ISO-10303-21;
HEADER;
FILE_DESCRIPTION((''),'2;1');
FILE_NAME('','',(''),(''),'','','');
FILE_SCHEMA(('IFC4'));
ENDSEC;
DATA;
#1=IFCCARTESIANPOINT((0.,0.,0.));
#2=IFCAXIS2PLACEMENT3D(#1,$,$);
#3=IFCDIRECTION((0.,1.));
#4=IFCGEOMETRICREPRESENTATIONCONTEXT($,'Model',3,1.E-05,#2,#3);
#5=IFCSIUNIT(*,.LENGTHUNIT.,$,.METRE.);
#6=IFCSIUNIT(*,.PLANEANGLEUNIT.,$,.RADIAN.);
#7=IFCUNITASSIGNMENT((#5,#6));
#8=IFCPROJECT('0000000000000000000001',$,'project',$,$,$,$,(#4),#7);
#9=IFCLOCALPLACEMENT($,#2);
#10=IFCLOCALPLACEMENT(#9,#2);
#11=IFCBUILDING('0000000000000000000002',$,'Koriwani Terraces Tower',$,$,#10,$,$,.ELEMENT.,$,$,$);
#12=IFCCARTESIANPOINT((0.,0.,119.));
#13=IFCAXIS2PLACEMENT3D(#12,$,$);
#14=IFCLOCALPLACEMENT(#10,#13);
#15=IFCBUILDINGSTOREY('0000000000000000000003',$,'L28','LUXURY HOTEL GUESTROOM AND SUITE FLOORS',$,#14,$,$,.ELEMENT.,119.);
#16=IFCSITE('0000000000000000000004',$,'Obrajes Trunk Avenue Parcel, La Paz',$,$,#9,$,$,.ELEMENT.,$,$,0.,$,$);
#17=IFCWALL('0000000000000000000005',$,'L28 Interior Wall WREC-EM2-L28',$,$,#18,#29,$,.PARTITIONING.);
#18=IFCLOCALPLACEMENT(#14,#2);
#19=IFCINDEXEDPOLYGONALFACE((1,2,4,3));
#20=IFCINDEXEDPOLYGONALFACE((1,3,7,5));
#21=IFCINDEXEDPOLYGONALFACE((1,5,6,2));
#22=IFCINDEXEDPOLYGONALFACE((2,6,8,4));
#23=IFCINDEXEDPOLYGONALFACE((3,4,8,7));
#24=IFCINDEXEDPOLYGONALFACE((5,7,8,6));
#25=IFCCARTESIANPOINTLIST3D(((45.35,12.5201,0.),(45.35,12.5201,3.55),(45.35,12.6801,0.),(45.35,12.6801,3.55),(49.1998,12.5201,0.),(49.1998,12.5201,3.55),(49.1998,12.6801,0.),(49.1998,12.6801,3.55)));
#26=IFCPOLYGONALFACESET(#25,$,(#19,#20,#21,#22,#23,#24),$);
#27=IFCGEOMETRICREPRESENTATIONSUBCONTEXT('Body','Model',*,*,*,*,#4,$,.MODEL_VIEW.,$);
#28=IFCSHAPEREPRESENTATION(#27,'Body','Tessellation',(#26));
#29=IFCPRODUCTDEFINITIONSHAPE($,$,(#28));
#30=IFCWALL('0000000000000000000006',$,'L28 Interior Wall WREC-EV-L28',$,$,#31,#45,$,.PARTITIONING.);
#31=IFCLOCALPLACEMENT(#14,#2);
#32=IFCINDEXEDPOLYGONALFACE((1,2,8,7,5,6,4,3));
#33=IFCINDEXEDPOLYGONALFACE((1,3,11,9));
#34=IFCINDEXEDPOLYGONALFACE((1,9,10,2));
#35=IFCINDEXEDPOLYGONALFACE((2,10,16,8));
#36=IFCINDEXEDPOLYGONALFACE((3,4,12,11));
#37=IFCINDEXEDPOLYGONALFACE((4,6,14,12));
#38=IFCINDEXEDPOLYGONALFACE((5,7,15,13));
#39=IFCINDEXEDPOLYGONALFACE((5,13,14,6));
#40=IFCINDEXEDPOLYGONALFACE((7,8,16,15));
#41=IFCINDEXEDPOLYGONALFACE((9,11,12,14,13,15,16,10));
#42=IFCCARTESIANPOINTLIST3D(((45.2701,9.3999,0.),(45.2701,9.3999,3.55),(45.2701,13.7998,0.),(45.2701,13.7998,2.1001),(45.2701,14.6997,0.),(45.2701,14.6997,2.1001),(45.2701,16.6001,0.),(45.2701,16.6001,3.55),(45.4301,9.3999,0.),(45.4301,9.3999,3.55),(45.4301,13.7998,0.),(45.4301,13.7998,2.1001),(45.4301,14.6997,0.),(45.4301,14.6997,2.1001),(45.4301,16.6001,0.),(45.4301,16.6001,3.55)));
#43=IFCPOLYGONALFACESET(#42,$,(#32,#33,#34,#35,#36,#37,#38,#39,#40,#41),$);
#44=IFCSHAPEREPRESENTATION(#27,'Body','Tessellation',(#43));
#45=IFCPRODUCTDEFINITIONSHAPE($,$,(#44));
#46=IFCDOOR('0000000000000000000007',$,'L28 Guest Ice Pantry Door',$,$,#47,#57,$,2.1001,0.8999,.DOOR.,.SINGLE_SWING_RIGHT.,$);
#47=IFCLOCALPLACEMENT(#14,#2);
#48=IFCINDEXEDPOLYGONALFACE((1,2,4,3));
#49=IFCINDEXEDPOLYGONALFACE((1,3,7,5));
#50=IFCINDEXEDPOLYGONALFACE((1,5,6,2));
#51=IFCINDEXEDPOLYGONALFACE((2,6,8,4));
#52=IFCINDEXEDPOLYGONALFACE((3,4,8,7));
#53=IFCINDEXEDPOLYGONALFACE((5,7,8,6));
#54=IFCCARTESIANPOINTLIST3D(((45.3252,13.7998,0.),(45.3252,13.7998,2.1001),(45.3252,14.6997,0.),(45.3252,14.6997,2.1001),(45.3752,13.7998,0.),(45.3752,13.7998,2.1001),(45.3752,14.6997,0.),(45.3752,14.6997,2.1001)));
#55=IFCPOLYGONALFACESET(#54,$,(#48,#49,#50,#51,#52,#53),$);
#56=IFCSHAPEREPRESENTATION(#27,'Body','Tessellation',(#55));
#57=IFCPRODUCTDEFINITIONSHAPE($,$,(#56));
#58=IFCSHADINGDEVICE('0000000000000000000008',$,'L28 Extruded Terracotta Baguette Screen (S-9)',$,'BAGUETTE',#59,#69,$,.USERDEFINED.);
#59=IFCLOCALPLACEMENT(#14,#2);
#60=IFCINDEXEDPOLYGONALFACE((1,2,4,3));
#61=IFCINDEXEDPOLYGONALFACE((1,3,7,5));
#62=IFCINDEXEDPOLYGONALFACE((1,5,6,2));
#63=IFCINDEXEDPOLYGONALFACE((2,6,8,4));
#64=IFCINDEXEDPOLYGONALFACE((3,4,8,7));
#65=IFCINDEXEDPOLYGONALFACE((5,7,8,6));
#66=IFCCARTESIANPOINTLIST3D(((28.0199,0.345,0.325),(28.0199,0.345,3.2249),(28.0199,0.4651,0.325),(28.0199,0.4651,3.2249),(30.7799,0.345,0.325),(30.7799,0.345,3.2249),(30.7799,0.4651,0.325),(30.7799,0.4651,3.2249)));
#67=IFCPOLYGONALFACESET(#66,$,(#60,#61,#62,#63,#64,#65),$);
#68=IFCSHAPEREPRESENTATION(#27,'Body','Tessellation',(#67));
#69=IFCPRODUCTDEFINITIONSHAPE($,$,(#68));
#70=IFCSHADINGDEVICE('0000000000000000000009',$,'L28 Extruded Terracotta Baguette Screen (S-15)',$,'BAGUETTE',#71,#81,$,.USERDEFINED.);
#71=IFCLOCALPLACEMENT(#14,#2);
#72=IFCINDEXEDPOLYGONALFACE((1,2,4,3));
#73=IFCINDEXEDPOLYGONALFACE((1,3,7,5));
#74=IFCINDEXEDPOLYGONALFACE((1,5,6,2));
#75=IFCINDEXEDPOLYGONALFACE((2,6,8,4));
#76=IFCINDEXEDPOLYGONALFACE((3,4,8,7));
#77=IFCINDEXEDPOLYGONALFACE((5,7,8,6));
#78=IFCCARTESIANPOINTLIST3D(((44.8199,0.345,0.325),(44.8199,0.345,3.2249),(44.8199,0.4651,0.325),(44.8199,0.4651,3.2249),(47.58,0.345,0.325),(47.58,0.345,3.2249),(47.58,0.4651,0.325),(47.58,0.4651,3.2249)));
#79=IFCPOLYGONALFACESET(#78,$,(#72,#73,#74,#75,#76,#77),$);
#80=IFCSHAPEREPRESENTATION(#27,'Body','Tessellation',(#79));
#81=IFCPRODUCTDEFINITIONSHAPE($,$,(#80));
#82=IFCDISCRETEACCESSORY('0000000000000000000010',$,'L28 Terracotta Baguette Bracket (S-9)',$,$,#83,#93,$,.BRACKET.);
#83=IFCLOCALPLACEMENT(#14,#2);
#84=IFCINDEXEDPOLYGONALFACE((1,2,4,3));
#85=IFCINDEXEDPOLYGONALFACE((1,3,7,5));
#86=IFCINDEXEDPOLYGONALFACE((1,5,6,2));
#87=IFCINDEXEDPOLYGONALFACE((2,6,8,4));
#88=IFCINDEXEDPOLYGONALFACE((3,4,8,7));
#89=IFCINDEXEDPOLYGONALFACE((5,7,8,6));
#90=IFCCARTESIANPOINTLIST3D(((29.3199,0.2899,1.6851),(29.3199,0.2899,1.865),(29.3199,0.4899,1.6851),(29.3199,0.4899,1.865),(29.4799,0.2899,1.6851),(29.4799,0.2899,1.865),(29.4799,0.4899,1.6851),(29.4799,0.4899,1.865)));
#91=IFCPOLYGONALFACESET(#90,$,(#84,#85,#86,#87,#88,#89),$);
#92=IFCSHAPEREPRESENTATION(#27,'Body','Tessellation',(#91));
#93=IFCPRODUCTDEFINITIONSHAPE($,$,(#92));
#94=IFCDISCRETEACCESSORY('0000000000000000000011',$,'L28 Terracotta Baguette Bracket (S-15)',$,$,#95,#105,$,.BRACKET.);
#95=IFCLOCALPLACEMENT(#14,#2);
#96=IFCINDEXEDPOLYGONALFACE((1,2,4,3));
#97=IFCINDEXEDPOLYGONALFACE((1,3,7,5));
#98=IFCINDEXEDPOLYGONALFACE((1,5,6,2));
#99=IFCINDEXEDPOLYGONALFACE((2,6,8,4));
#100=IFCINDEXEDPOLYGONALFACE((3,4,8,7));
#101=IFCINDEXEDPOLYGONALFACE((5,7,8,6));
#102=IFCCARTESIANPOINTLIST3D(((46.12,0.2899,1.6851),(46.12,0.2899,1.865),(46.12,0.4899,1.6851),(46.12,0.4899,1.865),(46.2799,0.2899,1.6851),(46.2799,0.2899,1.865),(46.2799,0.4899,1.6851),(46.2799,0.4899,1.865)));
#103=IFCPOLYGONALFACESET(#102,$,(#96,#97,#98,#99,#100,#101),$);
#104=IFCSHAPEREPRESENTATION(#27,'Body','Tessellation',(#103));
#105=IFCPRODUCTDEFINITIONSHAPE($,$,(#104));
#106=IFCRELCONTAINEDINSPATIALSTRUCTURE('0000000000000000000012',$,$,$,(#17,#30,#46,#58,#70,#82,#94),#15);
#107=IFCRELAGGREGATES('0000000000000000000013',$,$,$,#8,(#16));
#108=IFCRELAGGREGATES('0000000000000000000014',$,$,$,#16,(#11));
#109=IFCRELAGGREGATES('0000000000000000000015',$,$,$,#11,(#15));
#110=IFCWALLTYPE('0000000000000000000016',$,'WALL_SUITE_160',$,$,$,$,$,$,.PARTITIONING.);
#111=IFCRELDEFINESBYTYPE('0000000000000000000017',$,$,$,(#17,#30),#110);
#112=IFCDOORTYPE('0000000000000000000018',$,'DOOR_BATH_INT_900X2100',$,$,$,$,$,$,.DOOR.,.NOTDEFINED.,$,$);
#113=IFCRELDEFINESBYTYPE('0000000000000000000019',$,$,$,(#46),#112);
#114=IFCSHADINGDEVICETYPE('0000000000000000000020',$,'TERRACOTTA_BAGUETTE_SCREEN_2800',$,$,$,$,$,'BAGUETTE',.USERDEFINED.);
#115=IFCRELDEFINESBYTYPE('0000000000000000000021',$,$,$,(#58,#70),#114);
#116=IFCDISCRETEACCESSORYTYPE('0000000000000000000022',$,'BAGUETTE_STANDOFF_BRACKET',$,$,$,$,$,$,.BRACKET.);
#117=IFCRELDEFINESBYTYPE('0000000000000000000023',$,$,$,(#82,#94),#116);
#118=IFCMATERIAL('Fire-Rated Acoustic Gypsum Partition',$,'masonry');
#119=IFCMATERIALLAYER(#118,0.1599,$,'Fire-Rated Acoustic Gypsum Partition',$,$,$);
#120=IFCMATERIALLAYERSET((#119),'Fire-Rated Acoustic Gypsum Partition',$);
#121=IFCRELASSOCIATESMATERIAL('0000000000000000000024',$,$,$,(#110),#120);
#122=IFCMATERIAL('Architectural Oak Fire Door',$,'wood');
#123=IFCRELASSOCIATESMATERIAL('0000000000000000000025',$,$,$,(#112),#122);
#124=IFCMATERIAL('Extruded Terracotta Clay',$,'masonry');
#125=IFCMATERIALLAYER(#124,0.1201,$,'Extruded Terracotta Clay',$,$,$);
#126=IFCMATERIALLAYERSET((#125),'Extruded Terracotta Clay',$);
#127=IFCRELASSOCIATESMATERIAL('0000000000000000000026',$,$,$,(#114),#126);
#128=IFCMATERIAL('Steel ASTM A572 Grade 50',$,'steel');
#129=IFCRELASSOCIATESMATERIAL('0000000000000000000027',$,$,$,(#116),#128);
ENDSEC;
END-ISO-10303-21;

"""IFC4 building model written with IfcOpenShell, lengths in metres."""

from ifc_helpers import new_model, si_unit, direction, frame, frame_2d, origin, origin_2d, place, context, subcontext, project, spatial, rectangle, extrude, material, layer, layer_set, type_object, element, fill, save


model = new_model("IFC4")

# Units and contexts
model_context = context("Model", 3, precision=1e-05, world=origin(), true_north=direction((0.0, 1.0)))
body_context = subcontext(model_context, "Body", "Model", "MODEL_VIEW")
ifc_project = project(units=[si_unit("LENGTHUNIT", "METRE"), si_unit("PLANEANGLEUNIT", "RADIAN")], contexts=[model_context])

# Site, building, storey
site_placement = place(None, origin())
site = spatial("IfcSite", under=ifc_project, at=site_placement, Name="Obrajes Trunk Avenue Parcel, La Paz", CompositionType="ELEMENT", RefElevation=0.0)
building_placement = place(site_placement, origin())
building = spatial("IfcBuilding", under=site, at=building_placement, Name="Koriwani Terraces Tower", CompositionType="ELEMENT")
storey_placement = place(building_placement, frame((0.0, 0.0, 119.0)))
storey = spatial("IfcBuildingStorey", under=building, at=storey_placement, Name="L28", Description="LUXURY HOTEL GUESTROOM AND SUITE FLOORS", CompositionType="ELEMENT", Elevation=119.0)

# Shared definitions
ifc_material_1 = material(Name="Steel ASTM A572 Grade 50", Category="steel")

# Shared definitions
ifc_material_2 = material(Name="Architectural Oak Fire Door", Category="wood")

# Wall
ifc_material_3 = material(Name="Fire-Rated Acoustic Gypsum Partition", Category="masonry")
ifc_layer_1 = layer(ifc_material_3, 0.1599, Name="Fire-Rated Acoustic Gypsum Partition")
ifc_layer_set_1 = layer_set([ifc_layer_1], Name="Fire-Rated Acoustic Gypsum Partition")
wall_type_1 = type_object("IfcWallType", Name="WALL_SUITE_160", PredefinedType="PARTITIONING", material=ifc_layer_set_1)
wall_1_placement = place(storey_placement, frame((45.3501, 12.6001, 0.0), z_axis=(0.0, 0.0, 1.0), x_axis=(1.0, 0.0, 0.0)))
element("IfcWall", 1, at=wall_1_placement, inside=storey, type_object=wall_type_1, Name="L28 Interior Wall WREC-EM2-L28", PredefinedType="PARTITIONING", context=body_context, shape_type="SweptSolid", body=[
    extrude(rectangle(XDim=3.8499, YDim=0.1599, at=frame_2d((1.9248, 0.0))), origin(), (0.0, 0.0, 1.0), 3.55),
])

# Wall, opening, door
wall_2_placement = place(storey_placement, frame((45.3501, 9.3999, 0.0), z_axis=(0.0, 0.0, 1.0), x_axis=(0.0, 1.0, 0.0)))
wall_2 = element("IfcWall", 2, at=wall_2_placement, inside=storey, type_object=wall_type_1, Name="L28 Interior Wall WREC-EV-L28", PredefinedType="PARTITIONING", context=body_context, shape_type="SweptSolid", body=[
    extrude(rectangle(XDim=7.2002, YDim=0.1599, at=frame_2d((3.6001, 0.0))), origin(), (0.0, 0.0, 1.0), 3.55),
])
opening_1_placement = place(wall_2_placement, frame((4.3999, 0.0, 0.0)))
opening_1 = element("IfcOpeningElement", 3, at=opening_1_placement, cuts=wall_2, PredefinedType="OPENING", context=body_context, shape_type="SweptSolid", body=[
    extrude(rectangle(XDim=0.8999, YDim=2.1001, at=frame_2d((0.45, 1.05))), frame((0.0, 0.0898, 0.0), z_axis=(0.0, -1.0, 0.0), x_axis=(1.0, 0.0, 0.0)), (0.0, 0.0, 1.0), 0.1799),
])
door_type_1 = type_object("IfcDoorType", Name="DOOR_BATH_INT_900X2100", OperationType="NOTDEFINED", PredefinedType="DOOR", material=ifc_material_2)
door_1_placement = place(opening_1_placement, origin())
door_1 = element("IfcDoor", 4, at=door_1_placement, inside=storey, type_object=door_type_1, Name="L28 Guest Ice Pantry Door", OperationType="SINGLE_SWING_RIGHT", OverallHeight=2.1001, OverallWidth=0.8999, PredefinedType="DOOR", context=body_context, shape_type="SweptSolid", body=[
    extrude(rectangle(XDim=0.8999, YDim=2.1001, at=frame_2d((0.45, 1.05))), frame((0.0, 0.0249, 0.0), z_axis=(0.0, -1.0, 0.0), x_axis=(1.0, 0.0, 0.0)), (0.0, 0.0, 1.0), 0.05),
])
fill(opening_1, door_1)

# Shading devices
ifc_material_4 = material(Name="Extruded Terracotta Clay", Category="masonry")
ifc_layer_2 = layer(ifc_material_4, 0.1201, Name="Extruded Terracotta Clay")
ifc_layer_set_2 = layer_set([ifc_layer_2], Name="Extruded Terracotta Clay")
shading_device_type = type_object("IfcShadingDeviceType", Name="TERRACOTTA_BAGUETTE_SCREEN_2800", ElementType="BAGUETTE", PredefinedType="USERDEFINED", material=ifc_layer_set_2)
for number, where, z_axis, x_axis, name in (
    (5, (29.3999, 0.405, 0.325), (0.0, 0.0, 1.0), (-1.0, 0.0, 0.0), "L28 Extruded Terracotta Baguette Screen (S-9)"),
    (6, (46.2, 0.405, 0.325), (0.0, 0.0, 1.0), (-1.0, 0.0, 0.0), "L28 Extruded Terracotta Baguette Screen (S-15)"),
):
    element("IfcShadingDevice", number, at=place(storey_placement, frame(where, z_axis=z_axis, x_axis=x_axis)), inside=storey, type_object=shading_device_type, Name=name, ObjectType="BAGUETTE", PredefinedType="USERDEFINED", context=body_context, shape_type="SweptSolid", body=[
        extrude(rectangle(XDim=2.76, YDim=0.1201, at=origin_2d()), origin(), (0.0, 0.0, 1.0), 2.8999),
    ])

# Discrete accessories
discrete_accessory_type = type_object("IfcDiscreteAccessoryType", Name="BAGUETTE_STANDOFF_BRACKET", PredefinedType="BRACKET", material=ifc_material_1)
for number, where, z_axis, x_axis, name in (
    (7, (29.3999, 0.3899, 1.6851), (0.0, 0.0, 1.0), (-1.0, 0.0, 0.0), "L28 Terracotta Baguette Bracket (S-9)"),
    (8, (46.2, 0.3899, 1.6851), (0.0, 0.0, 1.0), (-1.0, 0.0, 0.0), "L28 Terracotta Baguette Bracket (S-15)"),
):
    element("IfcDiscreteAccessory", number, at=place(storey_placement, frame(where, z_axis=z_axis, x_axis=x_axis)), inside=storey, type_object=discrete_accessory_type, Name=name, PredefinedType="BRACKET", context=body_context, shape_type="SweptSolid", body=[
        extrude(rectangle(XDim=0.1599, YDim=0.2, at=origin_2d()), origin(), (0.0, 0.0, 1.0), 0.1799),
    ])

save(model, "model.ifc")
